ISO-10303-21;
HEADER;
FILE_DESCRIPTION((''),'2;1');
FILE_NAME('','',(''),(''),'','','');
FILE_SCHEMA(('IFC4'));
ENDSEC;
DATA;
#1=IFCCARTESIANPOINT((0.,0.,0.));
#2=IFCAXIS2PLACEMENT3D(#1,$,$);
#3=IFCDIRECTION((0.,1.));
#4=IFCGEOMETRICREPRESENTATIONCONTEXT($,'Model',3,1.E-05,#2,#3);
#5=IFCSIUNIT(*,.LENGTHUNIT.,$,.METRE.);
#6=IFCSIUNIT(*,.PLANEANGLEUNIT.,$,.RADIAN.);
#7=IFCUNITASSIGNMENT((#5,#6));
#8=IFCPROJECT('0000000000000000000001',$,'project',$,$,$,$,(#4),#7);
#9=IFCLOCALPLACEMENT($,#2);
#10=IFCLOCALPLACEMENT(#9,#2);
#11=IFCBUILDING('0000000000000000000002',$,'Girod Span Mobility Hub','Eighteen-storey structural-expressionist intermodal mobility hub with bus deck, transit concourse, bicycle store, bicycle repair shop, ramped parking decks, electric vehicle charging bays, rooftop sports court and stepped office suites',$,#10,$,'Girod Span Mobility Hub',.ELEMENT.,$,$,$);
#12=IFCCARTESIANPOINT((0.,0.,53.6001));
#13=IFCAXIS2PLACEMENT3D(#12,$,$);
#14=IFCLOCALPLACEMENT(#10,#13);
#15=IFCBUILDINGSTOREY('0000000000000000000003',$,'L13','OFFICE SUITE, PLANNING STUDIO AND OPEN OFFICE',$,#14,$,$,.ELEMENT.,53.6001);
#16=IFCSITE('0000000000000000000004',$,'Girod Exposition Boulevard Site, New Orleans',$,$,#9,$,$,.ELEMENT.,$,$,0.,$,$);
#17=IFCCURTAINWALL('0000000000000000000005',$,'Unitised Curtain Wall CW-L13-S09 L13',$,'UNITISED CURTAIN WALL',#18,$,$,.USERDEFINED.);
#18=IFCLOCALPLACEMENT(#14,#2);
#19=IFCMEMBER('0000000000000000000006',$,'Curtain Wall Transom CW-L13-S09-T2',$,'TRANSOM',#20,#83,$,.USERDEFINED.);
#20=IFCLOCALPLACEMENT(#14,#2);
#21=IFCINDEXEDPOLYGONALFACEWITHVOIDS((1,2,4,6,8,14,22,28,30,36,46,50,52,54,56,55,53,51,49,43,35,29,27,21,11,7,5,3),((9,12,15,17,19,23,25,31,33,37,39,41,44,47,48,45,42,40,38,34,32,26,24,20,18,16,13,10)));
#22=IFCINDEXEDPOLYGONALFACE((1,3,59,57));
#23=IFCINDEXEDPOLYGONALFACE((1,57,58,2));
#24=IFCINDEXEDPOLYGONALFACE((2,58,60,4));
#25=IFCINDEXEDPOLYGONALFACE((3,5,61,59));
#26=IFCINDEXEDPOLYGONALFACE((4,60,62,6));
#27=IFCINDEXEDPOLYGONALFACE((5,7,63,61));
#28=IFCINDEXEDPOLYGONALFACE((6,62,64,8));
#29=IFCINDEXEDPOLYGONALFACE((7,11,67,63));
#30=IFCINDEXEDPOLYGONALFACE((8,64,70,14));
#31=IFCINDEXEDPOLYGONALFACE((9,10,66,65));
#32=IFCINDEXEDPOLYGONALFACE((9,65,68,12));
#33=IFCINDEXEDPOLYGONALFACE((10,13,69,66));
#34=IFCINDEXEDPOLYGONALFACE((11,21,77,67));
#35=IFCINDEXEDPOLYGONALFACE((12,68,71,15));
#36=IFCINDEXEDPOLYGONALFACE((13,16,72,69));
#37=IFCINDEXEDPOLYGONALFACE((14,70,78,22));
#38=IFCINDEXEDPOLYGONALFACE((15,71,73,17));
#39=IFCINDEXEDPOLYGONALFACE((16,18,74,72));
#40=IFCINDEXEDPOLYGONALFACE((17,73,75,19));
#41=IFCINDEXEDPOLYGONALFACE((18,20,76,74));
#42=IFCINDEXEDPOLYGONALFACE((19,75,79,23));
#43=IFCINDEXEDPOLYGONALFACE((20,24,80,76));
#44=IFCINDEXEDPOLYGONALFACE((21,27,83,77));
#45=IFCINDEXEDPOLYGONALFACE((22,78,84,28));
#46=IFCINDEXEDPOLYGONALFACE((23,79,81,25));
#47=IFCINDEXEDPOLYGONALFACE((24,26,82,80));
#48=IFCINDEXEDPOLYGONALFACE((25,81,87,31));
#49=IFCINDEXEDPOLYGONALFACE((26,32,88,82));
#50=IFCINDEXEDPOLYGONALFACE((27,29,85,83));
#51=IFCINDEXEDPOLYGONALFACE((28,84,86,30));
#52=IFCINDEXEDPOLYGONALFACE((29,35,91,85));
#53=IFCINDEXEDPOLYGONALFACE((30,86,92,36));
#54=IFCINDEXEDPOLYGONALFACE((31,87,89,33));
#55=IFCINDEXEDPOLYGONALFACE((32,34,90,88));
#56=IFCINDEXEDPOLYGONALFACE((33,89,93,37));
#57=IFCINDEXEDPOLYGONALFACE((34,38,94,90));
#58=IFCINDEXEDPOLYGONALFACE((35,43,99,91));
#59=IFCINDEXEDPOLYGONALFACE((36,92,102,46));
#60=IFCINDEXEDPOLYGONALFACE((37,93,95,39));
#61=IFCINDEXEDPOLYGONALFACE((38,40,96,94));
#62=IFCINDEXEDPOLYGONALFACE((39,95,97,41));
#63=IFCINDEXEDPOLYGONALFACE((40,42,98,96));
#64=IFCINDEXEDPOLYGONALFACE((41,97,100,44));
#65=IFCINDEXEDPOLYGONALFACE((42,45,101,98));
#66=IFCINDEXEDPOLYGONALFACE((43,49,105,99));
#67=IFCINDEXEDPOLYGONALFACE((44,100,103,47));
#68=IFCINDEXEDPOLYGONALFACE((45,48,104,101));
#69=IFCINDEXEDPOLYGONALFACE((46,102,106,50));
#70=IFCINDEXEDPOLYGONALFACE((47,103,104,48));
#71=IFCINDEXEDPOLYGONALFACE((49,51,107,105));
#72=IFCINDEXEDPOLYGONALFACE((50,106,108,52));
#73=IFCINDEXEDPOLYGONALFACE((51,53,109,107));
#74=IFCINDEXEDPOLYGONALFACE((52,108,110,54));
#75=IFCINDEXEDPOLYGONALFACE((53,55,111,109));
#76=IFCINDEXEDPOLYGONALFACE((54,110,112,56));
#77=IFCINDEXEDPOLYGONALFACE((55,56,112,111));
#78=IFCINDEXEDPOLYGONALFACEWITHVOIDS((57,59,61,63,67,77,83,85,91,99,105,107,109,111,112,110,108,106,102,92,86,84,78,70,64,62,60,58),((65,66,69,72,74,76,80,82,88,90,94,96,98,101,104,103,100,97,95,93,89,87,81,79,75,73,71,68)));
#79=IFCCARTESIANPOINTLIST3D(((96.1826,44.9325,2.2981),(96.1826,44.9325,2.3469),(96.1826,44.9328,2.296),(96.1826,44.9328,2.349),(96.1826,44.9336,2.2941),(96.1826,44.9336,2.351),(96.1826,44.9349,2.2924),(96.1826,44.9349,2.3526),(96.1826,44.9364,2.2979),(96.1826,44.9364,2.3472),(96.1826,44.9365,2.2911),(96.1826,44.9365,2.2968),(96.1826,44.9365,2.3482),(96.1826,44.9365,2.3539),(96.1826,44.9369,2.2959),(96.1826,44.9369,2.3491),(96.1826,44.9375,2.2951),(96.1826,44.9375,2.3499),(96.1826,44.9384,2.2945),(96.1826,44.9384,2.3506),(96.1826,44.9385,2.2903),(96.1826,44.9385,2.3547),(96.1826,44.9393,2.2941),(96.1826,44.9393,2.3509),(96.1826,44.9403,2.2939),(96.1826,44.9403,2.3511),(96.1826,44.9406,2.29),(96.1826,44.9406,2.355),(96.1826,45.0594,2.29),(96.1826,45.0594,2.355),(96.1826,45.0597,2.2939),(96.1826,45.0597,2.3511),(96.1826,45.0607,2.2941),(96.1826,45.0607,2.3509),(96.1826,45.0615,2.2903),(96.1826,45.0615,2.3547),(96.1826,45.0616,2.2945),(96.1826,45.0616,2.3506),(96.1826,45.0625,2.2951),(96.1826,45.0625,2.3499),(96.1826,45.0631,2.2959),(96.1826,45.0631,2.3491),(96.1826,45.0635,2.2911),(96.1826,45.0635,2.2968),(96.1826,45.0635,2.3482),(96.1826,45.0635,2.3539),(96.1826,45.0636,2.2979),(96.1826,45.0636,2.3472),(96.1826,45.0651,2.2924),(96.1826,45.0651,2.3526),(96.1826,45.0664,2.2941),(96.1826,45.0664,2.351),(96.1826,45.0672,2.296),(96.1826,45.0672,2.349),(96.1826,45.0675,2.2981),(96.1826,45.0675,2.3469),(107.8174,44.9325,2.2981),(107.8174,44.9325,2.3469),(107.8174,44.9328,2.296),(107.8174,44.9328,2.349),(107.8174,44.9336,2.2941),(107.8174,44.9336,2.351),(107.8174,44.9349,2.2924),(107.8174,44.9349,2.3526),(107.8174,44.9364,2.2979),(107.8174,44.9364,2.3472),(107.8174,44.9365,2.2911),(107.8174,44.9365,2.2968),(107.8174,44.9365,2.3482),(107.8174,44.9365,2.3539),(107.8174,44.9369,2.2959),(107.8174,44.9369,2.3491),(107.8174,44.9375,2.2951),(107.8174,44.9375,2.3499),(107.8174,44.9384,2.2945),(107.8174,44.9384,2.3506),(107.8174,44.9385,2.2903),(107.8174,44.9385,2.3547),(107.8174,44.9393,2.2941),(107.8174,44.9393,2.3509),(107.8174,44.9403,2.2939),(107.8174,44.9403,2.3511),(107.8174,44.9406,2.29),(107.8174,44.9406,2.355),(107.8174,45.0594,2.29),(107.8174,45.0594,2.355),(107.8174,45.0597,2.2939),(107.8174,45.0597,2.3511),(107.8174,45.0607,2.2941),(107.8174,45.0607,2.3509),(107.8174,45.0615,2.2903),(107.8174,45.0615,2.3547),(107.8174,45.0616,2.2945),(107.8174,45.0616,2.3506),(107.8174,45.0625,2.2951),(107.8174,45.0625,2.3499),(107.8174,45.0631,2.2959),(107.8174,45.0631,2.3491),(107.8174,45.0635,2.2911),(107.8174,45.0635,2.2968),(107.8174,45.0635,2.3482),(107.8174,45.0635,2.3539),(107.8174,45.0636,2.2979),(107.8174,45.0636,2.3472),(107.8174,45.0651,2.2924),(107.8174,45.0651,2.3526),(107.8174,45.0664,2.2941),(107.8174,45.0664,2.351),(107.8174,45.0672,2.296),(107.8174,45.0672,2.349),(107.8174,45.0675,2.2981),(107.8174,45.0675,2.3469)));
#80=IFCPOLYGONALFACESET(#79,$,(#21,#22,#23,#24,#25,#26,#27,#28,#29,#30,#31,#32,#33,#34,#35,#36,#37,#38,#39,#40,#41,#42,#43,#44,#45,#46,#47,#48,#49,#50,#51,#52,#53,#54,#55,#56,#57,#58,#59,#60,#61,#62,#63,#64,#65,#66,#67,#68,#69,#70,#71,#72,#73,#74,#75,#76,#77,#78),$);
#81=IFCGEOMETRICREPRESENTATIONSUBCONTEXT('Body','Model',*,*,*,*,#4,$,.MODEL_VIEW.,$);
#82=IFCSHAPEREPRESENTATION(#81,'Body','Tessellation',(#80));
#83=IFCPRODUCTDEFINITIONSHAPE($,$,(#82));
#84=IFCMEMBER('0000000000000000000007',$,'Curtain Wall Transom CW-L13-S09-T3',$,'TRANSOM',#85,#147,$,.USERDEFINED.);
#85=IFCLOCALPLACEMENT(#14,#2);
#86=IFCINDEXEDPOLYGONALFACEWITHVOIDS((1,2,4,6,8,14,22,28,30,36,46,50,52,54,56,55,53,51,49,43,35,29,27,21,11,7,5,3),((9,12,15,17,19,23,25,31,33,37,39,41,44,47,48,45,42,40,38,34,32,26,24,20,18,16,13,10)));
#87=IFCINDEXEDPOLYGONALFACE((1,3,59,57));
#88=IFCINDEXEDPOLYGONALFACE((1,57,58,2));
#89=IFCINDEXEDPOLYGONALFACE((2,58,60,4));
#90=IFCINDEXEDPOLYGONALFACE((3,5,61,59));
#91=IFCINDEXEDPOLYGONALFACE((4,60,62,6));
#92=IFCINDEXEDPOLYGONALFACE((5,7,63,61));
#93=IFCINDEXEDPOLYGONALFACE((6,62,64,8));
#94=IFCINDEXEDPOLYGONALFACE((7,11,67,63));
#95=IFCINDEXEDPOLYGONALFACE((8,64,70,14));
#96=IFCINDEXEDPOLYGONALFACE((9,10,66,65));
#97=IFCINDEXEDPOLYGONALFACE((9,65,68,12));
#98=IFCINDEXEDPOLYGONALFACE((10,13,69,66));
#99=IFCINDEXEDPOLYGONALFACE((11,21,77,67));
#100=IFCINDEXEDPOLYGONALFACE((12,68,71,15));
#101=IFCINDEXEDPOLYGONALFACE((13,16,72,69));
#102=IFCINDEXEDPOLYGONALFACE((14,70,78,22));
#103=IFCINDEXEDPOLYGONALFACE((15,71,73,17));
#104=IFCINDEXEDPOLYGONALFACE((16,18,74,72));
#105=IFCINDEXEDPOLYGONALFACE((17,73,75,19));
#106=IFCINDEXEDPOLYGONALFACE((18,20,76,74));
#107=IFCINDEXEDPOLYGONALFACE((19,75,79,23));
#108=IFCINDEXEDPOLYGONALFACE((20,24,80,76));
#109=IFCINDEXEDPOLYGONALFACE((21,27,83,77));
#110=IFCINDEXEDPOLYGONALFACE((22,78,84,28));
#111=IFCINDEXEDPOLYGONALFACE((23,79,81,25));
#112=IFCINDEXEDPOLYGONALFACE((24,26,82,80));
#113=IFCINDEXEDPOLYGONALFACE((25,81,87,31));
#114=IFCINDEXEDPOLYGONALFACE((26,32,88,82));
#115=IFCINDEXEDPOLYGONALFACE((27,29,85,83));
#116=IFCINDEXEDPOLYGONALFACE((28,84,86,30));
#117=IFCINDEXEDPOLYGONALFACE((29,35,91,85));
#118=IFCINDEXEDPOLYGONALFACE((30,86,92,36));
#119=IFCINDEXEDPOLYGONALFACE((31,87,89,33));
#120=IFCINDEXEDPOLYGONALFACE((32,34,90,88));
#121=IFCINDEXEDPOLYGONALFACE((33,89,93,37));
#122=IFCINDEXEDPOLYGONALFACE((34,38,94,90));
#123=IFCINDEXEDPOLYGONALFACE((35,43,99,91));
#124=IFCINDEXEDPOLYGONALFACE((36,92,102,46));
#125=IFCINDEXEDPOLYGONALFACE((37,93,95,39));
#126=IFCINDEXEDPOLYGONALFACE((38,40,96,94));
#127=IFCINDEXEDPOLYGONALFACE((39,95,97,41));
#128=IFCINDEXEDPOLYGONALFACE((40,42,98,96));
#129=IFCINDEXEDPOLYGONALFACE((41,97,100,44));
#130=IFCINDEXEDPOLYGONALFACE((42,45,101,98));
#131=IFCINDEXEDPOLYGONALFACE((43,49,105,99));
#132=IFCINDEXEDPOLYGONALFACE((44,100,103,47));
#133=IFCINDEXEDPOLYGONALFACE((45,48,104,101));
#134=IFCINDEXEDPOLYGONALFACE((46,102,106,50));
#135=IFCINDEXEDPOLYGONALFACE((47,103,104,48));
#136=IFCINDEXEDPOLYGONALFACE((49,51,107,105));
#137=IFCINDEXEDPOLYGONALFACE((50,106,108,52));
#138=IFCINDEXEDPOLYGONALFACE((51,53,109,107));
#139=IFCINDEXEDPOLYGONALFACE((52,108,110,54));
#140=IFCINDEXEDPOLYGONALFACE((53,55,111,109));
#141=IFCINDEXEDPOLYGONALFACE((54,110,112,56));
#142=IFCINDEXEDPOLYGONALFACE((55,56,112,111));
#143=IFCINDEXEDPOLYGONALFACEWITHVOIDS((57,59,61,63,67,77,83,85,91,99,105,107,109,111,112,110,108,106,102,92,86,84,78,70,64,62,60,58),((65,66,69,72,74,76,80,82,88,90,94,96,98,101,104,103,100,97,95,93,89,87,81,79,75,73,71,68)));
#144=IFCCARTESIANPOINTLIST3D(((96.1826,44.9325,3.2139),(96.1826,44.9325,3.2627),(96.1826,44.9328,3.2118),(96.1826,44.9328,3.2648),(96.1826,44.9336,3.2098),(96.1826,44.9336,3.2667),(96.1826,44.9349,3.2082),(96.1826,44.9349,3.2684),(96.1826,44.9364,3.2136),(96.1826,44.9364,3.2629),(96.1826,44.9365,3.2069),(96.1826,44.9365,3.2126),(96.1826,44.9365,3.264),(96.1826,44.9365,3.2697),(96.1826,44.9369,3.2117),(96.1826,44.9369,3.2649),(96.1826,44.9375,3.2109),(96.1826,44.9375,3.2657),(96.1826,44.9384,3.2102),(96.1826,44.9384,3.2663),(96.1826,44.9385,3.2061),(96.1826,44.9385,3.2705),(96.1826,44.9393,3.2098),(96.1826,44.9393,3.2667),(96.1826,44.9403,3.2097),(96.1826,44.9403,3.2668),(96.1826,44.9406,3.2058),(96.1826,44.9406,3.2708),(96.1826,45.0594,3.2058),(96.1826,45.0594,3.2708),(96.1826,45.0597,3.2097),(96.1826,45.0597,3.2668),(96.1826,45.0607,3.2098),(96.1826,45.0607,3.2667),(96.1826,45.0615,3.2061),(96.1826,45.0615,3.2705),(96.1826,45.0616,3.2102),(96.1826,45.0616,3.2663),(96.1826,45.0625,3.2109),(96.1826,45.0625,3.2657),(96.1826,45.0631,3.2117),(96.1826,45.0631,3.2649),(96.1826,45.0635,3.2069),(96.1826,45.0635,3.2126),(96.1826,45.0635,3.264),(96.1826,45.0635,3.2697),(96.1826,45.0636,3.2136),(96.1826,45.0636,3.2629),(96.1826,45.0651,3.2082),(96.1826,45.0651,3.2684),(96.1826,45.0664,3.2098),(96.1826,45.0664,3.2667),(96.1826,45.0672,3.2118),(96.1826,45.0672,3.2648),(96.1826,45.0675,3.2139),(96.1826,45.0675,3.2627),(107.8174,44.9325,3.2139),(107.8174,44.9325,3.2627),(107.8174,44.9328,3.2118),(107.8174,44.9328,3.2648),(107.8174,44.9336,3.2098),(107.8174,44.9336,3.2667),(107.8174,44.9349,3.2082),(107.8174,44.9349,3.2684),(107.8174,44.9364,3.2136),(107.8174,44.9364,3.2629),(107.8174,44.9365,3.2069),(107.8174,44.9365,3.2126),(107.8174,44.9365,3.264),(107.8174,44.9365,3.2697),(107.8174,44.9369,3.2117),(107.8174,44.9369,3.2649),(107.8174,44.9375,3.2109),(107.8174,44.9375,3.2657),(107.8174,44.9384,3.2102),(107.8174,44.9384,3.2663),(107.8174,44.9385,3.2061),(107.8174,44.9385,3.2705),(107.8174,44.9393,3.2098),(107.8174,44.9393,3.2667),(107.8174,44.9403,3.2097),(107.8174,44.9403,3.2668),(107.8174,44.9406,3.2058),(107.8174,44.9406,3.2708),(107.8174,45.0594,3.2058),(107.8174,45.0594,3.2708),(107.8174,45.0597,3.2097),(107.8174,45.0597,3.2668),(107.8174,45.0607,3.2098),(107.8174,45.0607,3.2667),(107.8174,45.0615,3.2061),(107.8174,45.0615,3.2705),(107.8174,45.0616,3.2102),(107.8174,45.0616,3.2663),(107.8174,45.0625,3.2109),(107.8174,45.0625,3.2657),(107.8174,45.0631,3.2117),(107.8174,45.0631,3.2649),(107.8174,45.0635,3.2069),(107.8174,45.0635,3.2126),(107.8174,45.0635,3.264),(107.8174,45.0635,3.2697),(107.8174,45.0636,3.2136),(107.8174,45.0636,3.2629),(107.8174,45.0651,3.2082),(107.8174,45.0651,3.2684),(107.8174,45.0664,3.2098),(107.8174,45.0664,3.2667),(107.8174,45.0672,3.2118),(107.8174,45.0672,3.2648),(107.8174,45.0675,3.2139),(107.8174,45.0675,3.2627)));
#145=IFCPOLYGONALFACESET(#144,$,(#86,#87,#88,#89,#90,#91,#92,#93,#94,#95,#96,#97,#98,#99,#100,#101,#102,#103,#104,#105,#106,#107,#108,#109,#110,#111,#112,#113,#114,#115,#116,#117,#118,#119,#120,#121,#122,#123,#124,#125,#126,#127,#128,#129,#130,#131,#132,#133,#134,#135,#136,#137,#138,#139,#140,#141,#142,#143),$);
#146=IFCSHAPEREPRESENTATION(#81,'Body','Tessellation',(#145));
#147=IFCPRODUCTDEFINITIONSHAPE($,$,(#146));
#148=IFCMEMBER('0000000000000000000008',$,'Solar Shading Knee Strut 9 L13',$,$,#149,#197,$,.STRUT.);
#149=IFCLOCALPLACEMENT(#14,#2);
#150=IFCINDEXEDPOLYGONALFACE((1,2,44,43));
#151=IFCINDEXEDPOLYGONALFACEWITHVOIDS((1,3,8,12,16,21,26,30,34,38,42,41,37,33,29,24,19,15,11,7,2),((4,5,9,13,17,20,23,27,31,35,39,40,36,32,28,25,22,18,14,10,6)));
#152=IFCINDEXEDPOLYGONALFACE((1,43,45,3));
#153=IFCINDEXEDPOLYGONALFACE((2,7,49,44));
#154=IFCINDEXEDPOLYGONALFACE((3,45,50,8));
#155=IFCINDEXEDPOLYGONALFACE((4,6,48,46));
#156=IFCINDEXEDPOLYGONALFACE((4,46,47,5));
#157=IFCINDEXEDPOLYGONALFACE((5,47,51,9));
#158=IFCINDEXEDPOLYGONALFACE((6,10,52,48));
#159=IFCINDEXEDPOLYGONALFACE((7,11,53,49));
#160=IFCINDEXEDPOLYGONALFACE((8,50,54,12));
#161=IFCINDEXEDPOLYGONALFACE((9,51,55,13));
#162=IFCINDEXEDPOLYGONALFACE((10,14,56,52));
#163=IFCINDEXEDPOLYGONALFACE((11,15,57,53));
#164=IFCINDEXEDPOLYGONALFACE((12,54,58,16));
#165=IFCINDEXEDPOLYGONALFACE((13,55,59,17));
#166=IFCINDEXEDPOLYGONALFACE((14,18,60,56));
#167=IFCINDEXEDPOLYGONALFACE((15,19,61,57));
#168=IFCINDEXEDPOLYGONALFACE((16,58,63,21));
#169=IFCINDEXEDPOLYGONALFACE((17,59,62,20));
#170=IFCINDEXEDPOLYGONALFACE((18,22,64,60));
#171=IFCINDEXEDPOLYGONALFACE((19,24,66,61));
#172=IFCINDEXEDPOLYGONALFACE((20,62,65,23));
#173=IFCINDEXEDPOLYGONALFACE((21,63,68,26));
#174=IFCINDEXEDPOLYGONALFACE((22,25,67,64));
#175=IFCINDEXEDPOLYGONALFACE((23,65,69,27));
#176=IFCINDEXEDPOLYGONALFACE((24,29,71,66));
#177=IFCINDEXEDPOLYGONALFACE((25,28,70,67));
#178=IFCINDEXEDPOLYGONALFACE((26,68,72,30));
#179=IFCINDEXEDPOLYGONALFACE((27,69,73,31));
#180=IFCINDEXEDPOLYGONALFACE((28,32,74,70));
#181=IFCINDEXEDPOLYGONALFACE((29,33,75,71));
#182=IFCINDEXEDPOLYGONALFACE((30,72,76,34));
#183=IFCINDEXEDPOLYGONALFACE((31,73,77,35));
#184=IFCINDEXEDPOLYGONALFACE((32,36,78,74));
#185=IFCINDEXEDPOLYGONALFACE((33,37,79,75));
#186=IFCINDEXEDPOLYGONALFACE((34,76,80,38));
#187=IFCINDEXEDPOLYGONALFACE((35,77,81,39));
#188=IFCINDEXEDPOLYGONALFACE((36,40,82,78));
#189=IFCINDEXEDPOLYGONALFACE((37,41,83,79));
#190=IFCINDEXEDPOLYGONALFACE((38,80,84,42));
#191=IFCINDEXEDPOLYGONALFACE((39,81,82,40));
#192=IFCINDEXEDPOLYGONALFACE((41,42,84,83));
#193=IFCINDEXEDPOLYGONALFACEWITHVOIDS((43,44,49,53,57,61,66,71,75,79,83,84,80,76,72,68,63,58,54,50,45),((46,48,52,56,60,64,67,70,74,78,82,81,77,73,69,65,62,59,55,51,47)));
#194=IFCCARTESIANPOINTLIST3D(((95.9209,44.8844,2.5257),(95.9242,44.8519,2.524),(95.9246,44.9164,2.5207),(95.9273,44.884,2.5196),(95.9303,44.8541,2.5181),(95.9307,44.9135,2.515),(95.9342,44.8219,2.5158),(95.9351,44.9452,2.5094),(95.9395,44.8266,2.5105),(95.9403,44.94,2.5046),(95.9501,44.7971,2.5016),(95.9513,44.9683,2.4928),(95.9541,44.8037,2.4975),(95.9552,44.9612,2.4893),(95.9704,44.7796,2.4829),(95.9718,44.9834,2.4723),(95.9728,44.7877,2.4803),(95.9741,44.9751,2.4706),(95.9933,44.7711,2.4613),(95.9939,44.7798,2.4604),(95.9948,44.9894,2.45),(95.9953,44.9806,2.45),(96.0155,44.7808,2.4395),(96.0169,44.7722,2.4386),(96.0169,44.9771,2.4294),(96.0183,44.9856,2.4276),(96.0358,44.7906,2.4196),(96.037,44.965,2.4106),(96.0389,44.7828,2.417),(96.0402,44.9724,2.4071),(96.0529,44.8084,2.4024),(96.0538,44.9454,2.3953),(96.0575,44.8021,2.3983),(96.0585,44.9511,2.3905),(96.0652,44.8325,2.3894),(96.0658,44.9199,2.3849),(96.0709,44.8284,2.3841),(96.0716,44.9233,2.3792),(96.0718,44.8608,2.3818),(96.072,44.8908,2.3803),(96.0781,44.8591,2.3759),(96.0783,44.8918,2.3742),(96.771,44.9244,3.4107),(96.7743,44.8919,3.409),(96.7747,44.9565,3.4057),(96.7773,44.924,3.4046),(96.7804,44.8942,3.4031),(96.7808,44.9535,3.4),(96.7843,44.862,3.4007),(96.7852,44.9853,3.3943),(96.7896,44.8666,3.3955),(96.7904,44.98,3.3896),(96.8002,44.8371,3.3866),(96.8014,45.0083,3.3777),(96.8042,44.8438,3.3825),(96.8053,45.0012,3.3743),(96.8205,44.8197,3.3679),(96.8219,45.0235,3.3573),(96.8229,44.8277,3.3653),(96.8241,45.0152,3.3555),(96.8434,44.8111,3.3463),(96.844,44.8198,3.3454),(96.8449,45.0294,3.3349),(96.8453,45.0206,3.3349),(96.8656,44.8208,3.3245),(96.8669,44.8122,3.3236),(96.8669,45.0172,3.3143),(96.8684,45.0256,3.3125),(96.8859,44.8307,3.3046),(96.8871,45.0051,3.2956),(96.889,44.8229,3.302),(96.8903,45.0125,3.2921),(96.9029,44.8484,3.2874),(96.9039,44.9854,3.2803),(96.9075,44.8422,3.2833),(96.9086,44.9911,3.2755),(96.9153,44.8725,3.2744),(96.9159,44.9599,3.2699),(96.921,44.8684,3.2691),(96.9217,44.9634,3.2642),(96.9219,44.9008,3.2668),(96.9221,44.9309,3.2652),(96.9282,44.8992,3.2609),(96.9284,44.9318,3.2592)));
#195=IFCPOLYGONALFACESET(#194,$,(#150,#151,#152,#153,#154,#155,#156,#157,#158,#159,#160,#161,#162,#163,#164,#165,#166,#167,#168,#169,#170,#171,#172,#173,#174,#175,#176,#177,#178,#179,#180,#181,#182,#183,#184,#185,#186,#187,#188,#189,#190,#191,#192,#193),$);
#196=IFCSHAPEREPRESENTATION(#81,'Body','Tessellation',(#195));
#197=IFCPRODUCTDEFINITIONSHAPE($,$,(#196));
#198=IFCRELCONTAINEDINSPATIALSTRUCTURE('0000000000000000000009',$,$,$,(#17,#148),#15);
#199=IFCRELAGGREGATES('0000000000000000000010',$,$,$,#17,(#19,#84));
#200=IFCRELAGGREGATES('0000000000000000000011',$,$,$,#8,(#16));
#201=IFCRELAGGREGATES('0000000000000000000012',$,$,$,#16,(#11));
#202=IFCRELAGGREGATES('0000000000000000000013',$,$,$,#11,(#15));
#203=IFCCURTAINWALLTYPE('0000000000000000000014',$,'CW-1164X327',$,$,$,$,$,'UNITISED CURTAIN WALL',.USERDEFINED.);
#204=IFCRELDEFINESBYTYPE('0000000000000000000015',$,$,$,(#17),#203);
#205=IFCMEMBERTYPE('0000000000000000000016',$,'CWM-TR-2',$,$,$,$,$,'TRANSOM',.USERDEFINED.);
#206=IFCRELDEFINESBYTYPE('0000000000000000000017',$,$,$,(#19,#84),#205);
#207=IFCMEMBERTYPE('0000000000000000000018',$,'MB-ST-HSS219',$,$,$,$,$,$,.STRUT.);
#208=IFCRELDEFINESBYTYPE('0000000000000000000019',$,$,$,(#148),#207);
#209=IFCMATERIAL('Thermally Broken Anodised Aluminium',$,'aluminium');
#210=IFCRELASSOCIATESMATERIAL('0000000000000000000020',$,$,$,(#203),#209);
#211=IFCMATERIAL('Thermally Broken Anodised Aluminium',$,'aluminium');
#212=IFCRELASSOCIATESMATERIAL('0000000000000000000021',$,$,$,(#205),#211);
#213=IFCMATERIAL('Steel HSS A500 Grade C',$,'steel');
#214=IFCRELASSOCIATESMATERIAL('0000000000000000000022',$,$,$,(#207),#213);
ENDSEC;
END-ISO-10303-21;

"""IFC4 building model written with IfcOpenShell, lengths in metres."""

from ifc_helpers import new_model, si_unit, direction, frame, origin, origin_2d, place, context, subcontext, project, spatial, hollow_rectangle, hollow_circle, extrude, material, material_profile, profile_set, type_object, element, aggregate, save


model = new_model("IFC4")

# Units and contexts
model_context = context("Model", 3, precision=1e-05, world=origin(), true_north=direction((0.0, 1.0)))
body_context = subcontext(model_context, "Body", "Model", "MODEL_VIEW")
ifc_project = project(units=[si_unit("LENGTHUNIT", "METRE"), si_unit("PLANEANGLEUNIT", "RADIAN")], contexts=[model_context])

# Site, building, storey
site_placement = place(None, origin())
site = spatial("IfcSite", under=ifc_project, at=site_placement, Name="Girod Exposition Boulevard Site, New Orleans", CompositionType="ELEMENT", RefElevation=0.0)
building_placement = place(site_placement, origin())
building = spatial("IfcBuilding", under=site, at=building_placement, Name="Girod Span Mobility Hub", Description="Eighteen-storey structural-expressionist intermodal mobility hub with bus deck, transit concourse, bicycle store, bicycle repair shop, ramped parking decks, electric vehicle charging bays, rooftop sports court and stepped office suites", LongName="Girod Span Mobility Hub", CompositionType="ELEMENT")
storey_placement = place(building_placement, frame((0.0, 0.0, 53.6001)))
storey = spatial("IfcBuildingStorey", under=building, at=storey_placement, Name="L13", Description="OFFICE SUITE, PLANNING STUDIO AND OPEN OFFICE", CompositionType="ELEMENT", Elevation=53.6001)

# Curtain wall, members
ifc_material_1 = material(Name="Thermally Broken Anodised Aluminium", Category="aluminium")
curtain_wall_type = type_object("IfcCurtainWallType", Name="CW-1164X327", ElementType="UNITISED CURTAIN WALL", PredefinedType="USERDEFINED", material=ifc_material_1)
curtain_wall_1_placement = place(storey_placement, origin())
curtain_wall_1 = element("IfcCurtainWall", 1, at=curtain_wall_1_placement, inside=storey, type_object=curtain_wall_type, Name="Unitised Curtain Wall CW-L13-S09 L13", ObjectType="UNITISED CURTAIN WALL", PredefinedType="USERDEFINED")
ifc_material_2 = material(Name="Thermally Broken Anodised Aluminium", Category="aluminium")
ifc_material_profile_1 = material_profile(ifc_material_2, hollow_rectangle(XDim=0.135, YDim=0.0649, WallThickness=0.0039, InnerFilletRadius=0.0039, OuterFilletRadius=0.0081, at=origin_2d()), Name="CW-TR-65X135")
ifc_profile_set_1 = profile_set([ifc_material_profile_1], Name="Thermally Broken Anodised Aluminium")
member_type_1 = type_object("IfcMemberType", Name="CWM-TR-2", ElementType="TRANSOM", PredefinedType="USERDEFINED", material=ifc_profile_set_1)
member_1_placement = place(storey_placement, frame((96.1826, 45.0, 2.3225), z_axis=(1.0, 0.0, 0.0), x_axis=(0.0, 1.0, 0.0)))
member_1 = element("IfcMember", 2, at=member_1_placement, type_object=member_type_1, Name="Curtain Wall Transom CW-L13-S09-T2", ObjectType="TRANSOM", PredefinedType="USERDEFINED", context=body_context, shape_type="SweptSolid", body=[
    extrude(hollow_rectangle(XDim=0.135, YDim=0.0649, WallThickness=0.0039, InnerFilletRadius=0.0039, OuterFilletRadius=0.0081, at=origin_2d()), origin(), (0.0, 0.0, 1.0), 11.6348),
])
member_2_placement = place(storey_placement, frame((96.1826, 45.0, 3.2383), z_axis=(1.0, 0.0, 0.0), x_axis=(0.0, 1.0, 0.0)))
member_2 = element("IfcMember", 3, at=member_2_placement, type_object=member_type_1, Name="Curtain Wall Transom CW-L13-S09-T3", ObjectType="TRANSOM", PredefinedType="USERDEFINED", context=body_context, shape_type="SweptSolid", body=[
    extrude(hollow_rectangle(XDim=0.135, YDim=0.0649, WallThickness=0.0039, InnerFilletRadius=0.0039, OuterFilletRadius=0.0081, at=origin_2d()), origin(), (0.0, 0.0, 1.0), 11.6348),
])

# Member
ifc_material_3 = material(Name="Steel HSS A500 Grade C", Category="steel")
ifc_material_profile_2 = material_profile(ifc_material_3, hollow_circle(Radius=0.1096, WallThickness=0.0088, at=origin_2d()), Name="HSS219X9.5")
ifc_profile_set_2 = profile_set([ifc_material_profile_2], Name="Steel HSS A500 Grade C")
member_type_2 = type_object("IfcMemberType", Name="MB-ST-HSS219", PredefinedType="STRUT", material=ifc_profile_set_2)
member_3_placement = place(storey_placement, frame((96.0, 44.8799, 2.45), z_axis=(0.69237, 0.03261, 0.720805), x_axis=(-0.047047, 0.998893, 0.0)))
element("IfcMember", 4, at=member_3_placement, inside=storey, type_object=member_type_2, Name="Solar Shading Knee Strut 9 L13", PredefinedType="STRUT", context=body_context, shape_type="SweptSolid", body=[
    extrude(hollow_circle(Radius=0.1096, WallThickness=0.0088, at=origin_2d()), origin(), (0.0, 0.0, 1.0), 1.2278),
])

aggregate(curtain_wall_1, [member_1, member_2])

save(model, "model.ifc")
